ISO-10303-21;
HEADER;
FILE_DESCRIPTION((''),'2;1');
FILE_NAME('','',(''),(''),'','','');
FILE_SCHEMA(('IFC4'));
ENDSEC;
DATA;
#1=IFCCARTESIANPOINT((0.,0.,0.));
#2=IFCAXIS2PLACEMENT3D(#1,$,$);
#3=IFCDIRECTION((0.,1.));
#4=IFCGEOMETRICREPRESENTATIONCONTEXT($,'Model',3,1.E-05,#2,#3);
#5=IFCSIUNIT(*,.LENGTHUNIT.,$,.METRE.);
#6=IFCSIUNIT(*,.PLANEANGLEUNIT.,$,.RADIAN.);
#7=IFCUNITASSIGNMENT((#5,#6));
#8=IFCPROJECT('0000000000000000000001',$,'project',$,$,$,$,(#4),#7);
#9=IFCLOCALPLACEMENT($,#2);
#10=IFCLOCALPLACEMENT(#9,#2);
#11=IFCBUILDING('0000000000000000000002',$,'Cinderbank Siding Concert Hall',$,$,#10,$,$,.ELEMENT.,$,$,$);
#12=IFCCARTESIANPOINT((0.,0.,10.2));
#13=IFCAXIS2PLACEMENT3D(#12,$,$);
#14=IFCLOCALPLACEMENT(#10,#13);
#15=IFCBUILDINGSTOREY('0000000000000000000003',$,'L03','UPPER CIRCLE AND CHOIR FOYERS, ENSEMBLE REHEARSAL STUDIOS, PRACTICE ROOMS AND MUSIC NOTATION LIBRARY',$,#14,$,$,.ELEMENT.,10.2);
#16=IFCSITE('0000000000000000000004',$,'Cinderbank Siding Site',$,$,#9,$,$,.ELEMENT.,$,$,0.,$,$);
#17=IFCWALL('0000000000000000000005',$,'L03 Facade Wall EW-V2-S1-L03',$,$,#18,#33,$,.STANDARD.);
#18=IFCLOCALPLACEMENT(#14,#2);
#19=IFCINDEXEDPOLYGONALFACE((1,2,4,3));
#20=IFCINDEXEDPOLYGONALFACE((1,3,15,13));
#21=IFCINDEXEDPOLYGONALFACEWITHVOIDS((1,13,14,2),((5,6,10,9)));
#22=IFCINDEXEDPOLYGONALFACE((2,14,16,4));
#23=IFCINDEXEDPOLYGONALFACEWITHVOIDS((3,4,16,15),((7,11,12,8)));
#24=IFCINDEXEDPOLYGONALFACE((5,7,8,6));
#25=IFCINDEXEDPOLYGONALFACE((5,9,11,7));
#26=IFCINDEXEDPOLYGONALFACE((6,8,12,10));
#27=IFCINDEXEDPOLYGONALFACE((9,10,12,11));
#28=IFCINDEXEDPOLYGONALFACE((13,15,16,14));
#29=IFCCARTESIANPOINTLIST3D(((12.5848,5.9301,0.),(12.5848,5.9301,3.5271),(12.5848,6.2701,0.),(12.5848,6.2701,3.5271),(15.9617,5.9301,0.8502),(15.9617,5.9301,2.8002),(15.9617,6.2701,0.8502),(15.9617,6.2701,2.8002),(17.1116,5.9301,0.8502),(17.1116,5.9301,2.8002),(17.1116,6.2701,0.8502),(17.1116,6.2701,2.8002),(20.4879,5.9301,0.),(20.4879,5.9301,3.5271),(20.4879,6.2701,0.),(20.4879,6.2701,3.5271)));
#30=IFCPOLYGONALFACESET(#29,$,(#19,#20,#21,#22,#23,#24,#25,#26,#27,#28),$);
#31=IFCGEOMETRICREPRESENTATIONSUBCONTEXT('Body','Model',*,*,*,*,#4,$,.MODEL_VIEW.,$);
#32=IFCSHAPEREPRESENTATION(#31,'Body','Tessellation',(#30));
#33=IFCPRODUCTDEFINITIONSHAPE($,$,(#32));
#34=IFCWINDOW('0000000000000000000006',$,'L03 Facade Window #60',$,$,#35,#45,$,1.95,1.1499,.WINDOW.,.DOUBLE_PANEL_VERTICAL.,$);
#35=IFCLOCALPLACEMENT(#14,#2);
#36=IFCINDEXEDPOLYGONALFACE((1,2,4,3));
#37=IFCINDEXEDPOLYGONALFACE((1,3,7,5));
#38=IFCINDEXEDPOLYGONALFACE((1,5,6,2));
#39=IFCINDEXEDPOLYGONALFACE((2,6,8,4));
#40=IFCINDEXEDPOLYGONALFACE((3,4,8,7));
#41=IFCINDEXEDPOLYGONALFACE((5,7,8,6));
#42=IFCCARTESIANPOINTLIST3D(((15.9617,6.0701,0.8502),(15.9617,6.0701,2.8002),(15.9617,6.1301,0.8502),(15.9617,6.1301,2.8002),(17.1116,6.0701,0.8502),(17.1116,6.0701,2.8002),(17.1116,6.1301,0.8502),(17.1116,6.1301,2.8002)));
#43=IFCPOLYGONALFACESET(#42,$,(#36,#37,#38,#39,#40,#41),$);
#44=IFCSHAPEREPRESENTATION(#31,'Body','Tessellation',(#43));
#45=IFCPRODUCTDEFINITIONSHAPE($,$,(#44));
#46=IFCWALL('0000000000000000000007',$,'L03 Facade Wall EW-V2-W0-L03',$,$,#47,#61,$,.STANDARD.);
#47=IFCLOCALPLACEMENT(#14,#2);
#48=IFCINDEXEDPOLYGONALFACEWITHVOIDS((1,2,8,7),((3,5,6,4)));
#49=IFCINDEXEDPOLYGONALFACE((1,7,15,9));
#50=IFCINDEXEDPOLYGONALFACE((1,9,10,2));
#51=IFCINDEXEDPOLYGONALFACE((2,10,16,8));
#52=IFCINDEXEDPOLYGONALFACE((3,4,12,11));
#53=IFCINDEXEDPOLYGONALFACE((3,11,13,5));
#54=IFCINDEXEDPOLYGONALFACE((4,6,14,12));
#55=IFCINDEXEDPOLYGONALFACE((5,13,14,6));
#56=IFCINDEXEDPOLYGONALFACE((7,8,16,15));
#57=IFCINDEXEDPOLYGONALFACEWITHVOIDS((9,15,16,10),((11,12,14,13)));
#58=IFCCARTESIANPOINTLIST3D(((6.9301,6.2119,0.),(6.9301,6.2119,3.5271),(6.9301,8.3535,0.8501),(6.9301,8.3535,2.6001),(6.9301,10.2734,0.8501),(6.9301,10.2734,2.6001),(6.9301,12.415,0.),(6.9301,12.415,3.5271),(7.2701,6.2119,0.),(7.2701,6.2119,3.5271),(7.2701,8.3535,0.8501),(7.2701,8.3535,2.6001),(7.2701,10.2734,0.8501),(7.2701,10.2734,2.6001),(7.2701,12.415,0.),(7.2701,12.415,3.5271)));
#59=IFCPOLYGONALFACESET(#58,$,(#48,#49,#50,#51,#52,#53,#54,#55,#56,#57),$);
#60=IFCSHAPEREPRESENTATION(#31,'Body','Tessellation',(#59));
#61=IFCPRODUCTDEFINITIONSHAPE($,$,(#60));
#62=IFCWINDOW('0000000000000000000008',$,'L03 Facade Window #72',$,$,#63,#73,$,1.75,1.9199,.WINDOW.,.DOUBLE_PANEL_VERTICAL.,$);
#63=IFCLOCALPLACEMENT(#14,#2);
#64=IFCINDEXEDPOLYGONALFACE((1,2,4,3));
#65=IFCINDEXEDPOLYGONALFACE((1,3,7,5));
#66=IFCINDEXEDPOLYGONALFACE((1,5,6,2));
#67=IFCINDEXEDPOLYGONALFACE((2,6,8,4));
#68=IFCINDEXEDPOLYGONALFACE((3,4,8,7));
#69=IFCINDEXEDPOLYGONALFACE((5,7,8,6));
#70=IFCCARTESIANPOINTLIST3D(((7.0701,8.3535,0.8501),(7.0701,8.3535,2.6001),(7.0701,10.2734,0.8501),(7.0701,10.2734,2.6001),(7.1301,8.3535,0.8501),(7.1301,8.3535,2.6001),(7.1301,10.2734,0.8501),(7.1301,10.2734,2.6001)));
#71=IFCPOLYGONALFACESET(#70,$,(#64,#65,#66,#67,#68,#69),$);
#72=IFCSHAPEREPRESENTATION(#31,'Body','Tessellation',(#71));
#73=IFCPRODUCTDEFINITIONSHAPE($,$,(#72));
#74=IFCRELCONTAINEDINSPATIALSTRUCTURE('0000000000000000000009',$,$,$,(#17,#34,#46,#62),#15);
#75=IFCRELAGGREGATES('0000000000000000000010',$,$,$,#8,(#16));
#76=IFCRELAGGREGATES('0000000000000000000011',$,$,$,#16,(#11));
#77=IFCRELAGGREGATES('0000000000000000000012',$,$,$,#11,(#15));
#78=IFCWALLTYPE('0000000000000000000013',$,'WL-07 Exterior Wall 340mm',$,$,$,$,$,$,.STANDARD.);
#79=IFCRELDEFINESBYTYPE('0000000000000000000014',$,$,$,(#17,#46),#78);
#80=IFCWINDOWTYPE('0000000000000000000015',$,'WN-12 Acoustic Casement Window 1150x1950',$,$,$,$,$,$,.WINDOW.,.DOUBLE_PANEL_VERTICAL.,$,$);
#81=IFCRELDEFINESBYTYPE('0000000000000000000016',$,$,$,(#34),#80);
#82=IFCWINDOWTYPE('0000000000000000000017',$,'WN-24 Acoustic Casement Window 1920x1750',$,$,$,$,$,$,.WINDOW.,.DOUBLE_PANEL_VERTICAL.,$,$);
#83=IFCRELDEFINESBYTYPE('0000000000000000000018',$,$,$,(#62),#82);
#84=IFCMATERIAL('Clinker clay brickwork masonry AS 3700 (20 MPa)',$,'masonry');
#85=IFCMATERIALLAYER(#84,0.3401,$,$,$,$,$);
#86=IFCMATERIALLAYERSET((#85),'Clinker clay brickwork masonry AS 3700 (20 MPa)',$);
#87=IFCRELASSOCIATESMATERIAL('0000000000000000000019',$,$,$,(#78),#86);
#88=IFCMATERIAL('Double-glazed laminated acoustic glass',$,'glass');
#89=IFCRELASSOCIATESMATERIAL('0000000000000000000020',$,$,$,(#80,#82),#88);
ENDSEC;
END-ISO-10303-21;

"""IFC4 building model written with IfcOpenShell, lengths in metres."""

from ifc_helpers import new_model, si_unit, direction, frame, frame_2d, origin, place, context, subcontext, project, spatial, rectangle, extrude, material, layer, layer_set, type_object, element, fill, save


model = new_model("IFC4")

# Units and contexts
model_context = context("Model", 3, precision=1e-05, world=origin(), true_north=direction((0.0, 1.0)))
body_context = subcontext(model_context, "Body", "Model", "MODEL_VIEW")
ifc_project = project(units=[si_unit("LENGTHUNIT", "METRE"), si_unit("PLANEANGLEUNIT", "RADIAN")], contexts=[model_context])

# Site, building, storey
site_placement = place(None, origin())
site = spatial("IfcSite", under=ifc_project, at=site_placement, Name="Cinderbank Siding Site", CompositionType="ELEMENT", RefElevation=0.0)
building_placement = place(site_placement, origin())
building = spatial("IfcBuilding", under=site, at=building_placement, Name="Cinderbank Siding Concert Hall", CompositionType="ELEMENT")
storey_placement = place(building_placement, frame((0.0, 0.0, 10.2)))
storey = spatial("IfcBuildingStorey", under=building, at=storey_placement, Name="L03", Description="UPPER CIRCLE AND CHOIR FOYERS, ENSEMBLE REHEARSAL STUDIOS, PRACTICE ROOMS AND MUSIC NOTATION LIBRARY", CompositionType="ELEMENT", Elevation=10.2)

# Walls, openings, windows
ifc_material_1 = material(Name="Clinker clay brickwork masonry AS 3700 (20 MPa)", Category="masonry")
ifc_layer_1 = layer(ifc_material_1, 0.3401)
ifc_layer_set_1 = layer_set([ifc_layer_1], Name="Clinker clay brickwork masonry AS 3700 (20 MPa)")
wall_type = type_object("IfcWallType", Name="WL-07 Exterior Wall 340mm", PredefinedType="STANDARD", material=ifc_layer_set_1)
wall_1_placement = place(storey_placement, frame((20.488, 6.1001, 0.0), z_axis=(0.0, 0.0, 1.0), x_axis=(-1.0, 0.0, 0.0)))
wall_1 = element("IfcWall", 1, at=wall_1_placement, inside=storey, type_object=wall_type, Name="L03 Facade Wall EW-V2-S1-L03", PredefinedType="STANDARD", context=body_context, shape_type="SweptSolid", body=[
    extrude(rectangle(XDim=7.9031, YDim=0.3401, at=frame_2d((3.9517, 0.0))), origin(), (0.0, 0.0, 1.0), 3.5271),
])
opening_1_placement = place(wall_1_placement, frame((3.3765, 0.0, 0.8501)))
opening_1 = element("IfcOpeningElement", 2, at=opening_1_placement, cuts=wall_1, PredefinedType="OPENING", context=body_context, shape_type="SweptSolid", body=[
    extrude(rectangle(XDim=1.1499, YDim=1.95, at=frame_2d((0.575, 0.9751))), frame((0.0, 0.1821, 0.0), z_axis=(0.0, -1.0, 0.0), x_axis=(1.0, 0.0, 0.0)), (0.0, 0.0, 1.0), 0.364),
])
ifc_material_2 = material(Name="Double-glazed laminated acoustic glass", Category="glass")
window_type_1 = type_object("IfcWindowType", Name="WN-12 Acoustic Casement Window 1150x1950", PartitioningType="DOUBLE_PANEL_VERTICAL", PredefinedType="WINDOW", material=ifc_material_2)
window_1_placement = place(opening_1_placement, origin())
window_1 = element("IfcWindow", 3, at=window_1_placement, inside=storey, type_object=window_type_1, Name="L03 Facade Window #60", OverallHeight=1.95, OverallWidth=1.1499, PartitioningType="DOUBLE_PANEL_VERTICAL", PredefinedType="WINDOW", context=body_context, shape_type="SweptSolid", body=[
    extrude(rectangle(XDim=1.1499, YDim=1.95, at=frame_2d((0.575, 0.9751))), frame((0.0, 0.03, 0.0), z_axis=(0.0, -1.0, 0.0), x_axis=(1.0, 0.0, 0.0)), (0.0, 0.0, 1.0), 0.0601),
])
fill(opening_1, window_1)
wall_2_placement = place(storey_placement, frame((7.1001, 6.2119, 0.0), z_axis=(0.0, 0.0, 1.0), x_axis=(0.0, 1.0, 0.0)))
wall_2 = element("IfcWall", 4, at=wall_2_placement, inside=storey, type_object=wall_type, Name="L03 Facade Wall EW-V2-W0-L03", PredefinedType="STANDARD", context=body_context, shape_type="SweptSolid", body=[
    extrude(rectangle(XDim=6.2031, YDim=0.3401, at=frame_2d((3.1016, 0.0))), origin(), (0.0, 0.0, 1.0), 3.5271),
])
opening_2_placement = place(wall_2_placement, frame((2.1416, 0.0, 0.8501)))
opening_2 = element("IfcOpeningElement", 5, at=opening_2_placement, cuts=wall_2, PredefinedType="OPENING", context=body_context, shape_type="SweptSolid", body=[
    extrude(rectangle(XDim=1.9199, YDim=1.75, at=frame_2d((0.96, 0.875))), frame((0.0, 0.1821, 0.0), z_axis=(0.0, -1.0, 0.0), x_axis=(1.0, 0.0, 0.0)), (0.0, 0.0, 1.0), 0.364),
])
window_type_2 = type_object("IfcWindowType", Name="WN-24 Acoustic Casement Window 1920x1750", PartitioningType="DOUBLE_PANEL_VERTICAL", PredefinedType="WINDOW", material=ifc_material_2)
window_2_placement = place(opening_2_placement, origin())
window_2 = element("IfcWindow", 6, at=window_2_placement, inside=storey, type_object=window_type_2, Name="L03 Facade Window #72", OverallHeight=1.75, OverallWidth=1.9199, PartitioningType="DOUBLE_PANEL_VERTICAL", PredefinedType="WINDOW", context=body_context, shape_type="SweptSolid", body=[
    extrude(rectangle(XDim=1.9199, YDim=1.75, at=frame_2d((0.96, 0.875))), frame((0.0, 0.03, 0.0), z_axis=(0.0, -1.0, 0.0), x_axis=(1.0, 0.0, 0.0)), (0.0, 0.0, 1.0), 0.0601),
])
fill(opening_2, window_2)

save(model, "model.ifc")
